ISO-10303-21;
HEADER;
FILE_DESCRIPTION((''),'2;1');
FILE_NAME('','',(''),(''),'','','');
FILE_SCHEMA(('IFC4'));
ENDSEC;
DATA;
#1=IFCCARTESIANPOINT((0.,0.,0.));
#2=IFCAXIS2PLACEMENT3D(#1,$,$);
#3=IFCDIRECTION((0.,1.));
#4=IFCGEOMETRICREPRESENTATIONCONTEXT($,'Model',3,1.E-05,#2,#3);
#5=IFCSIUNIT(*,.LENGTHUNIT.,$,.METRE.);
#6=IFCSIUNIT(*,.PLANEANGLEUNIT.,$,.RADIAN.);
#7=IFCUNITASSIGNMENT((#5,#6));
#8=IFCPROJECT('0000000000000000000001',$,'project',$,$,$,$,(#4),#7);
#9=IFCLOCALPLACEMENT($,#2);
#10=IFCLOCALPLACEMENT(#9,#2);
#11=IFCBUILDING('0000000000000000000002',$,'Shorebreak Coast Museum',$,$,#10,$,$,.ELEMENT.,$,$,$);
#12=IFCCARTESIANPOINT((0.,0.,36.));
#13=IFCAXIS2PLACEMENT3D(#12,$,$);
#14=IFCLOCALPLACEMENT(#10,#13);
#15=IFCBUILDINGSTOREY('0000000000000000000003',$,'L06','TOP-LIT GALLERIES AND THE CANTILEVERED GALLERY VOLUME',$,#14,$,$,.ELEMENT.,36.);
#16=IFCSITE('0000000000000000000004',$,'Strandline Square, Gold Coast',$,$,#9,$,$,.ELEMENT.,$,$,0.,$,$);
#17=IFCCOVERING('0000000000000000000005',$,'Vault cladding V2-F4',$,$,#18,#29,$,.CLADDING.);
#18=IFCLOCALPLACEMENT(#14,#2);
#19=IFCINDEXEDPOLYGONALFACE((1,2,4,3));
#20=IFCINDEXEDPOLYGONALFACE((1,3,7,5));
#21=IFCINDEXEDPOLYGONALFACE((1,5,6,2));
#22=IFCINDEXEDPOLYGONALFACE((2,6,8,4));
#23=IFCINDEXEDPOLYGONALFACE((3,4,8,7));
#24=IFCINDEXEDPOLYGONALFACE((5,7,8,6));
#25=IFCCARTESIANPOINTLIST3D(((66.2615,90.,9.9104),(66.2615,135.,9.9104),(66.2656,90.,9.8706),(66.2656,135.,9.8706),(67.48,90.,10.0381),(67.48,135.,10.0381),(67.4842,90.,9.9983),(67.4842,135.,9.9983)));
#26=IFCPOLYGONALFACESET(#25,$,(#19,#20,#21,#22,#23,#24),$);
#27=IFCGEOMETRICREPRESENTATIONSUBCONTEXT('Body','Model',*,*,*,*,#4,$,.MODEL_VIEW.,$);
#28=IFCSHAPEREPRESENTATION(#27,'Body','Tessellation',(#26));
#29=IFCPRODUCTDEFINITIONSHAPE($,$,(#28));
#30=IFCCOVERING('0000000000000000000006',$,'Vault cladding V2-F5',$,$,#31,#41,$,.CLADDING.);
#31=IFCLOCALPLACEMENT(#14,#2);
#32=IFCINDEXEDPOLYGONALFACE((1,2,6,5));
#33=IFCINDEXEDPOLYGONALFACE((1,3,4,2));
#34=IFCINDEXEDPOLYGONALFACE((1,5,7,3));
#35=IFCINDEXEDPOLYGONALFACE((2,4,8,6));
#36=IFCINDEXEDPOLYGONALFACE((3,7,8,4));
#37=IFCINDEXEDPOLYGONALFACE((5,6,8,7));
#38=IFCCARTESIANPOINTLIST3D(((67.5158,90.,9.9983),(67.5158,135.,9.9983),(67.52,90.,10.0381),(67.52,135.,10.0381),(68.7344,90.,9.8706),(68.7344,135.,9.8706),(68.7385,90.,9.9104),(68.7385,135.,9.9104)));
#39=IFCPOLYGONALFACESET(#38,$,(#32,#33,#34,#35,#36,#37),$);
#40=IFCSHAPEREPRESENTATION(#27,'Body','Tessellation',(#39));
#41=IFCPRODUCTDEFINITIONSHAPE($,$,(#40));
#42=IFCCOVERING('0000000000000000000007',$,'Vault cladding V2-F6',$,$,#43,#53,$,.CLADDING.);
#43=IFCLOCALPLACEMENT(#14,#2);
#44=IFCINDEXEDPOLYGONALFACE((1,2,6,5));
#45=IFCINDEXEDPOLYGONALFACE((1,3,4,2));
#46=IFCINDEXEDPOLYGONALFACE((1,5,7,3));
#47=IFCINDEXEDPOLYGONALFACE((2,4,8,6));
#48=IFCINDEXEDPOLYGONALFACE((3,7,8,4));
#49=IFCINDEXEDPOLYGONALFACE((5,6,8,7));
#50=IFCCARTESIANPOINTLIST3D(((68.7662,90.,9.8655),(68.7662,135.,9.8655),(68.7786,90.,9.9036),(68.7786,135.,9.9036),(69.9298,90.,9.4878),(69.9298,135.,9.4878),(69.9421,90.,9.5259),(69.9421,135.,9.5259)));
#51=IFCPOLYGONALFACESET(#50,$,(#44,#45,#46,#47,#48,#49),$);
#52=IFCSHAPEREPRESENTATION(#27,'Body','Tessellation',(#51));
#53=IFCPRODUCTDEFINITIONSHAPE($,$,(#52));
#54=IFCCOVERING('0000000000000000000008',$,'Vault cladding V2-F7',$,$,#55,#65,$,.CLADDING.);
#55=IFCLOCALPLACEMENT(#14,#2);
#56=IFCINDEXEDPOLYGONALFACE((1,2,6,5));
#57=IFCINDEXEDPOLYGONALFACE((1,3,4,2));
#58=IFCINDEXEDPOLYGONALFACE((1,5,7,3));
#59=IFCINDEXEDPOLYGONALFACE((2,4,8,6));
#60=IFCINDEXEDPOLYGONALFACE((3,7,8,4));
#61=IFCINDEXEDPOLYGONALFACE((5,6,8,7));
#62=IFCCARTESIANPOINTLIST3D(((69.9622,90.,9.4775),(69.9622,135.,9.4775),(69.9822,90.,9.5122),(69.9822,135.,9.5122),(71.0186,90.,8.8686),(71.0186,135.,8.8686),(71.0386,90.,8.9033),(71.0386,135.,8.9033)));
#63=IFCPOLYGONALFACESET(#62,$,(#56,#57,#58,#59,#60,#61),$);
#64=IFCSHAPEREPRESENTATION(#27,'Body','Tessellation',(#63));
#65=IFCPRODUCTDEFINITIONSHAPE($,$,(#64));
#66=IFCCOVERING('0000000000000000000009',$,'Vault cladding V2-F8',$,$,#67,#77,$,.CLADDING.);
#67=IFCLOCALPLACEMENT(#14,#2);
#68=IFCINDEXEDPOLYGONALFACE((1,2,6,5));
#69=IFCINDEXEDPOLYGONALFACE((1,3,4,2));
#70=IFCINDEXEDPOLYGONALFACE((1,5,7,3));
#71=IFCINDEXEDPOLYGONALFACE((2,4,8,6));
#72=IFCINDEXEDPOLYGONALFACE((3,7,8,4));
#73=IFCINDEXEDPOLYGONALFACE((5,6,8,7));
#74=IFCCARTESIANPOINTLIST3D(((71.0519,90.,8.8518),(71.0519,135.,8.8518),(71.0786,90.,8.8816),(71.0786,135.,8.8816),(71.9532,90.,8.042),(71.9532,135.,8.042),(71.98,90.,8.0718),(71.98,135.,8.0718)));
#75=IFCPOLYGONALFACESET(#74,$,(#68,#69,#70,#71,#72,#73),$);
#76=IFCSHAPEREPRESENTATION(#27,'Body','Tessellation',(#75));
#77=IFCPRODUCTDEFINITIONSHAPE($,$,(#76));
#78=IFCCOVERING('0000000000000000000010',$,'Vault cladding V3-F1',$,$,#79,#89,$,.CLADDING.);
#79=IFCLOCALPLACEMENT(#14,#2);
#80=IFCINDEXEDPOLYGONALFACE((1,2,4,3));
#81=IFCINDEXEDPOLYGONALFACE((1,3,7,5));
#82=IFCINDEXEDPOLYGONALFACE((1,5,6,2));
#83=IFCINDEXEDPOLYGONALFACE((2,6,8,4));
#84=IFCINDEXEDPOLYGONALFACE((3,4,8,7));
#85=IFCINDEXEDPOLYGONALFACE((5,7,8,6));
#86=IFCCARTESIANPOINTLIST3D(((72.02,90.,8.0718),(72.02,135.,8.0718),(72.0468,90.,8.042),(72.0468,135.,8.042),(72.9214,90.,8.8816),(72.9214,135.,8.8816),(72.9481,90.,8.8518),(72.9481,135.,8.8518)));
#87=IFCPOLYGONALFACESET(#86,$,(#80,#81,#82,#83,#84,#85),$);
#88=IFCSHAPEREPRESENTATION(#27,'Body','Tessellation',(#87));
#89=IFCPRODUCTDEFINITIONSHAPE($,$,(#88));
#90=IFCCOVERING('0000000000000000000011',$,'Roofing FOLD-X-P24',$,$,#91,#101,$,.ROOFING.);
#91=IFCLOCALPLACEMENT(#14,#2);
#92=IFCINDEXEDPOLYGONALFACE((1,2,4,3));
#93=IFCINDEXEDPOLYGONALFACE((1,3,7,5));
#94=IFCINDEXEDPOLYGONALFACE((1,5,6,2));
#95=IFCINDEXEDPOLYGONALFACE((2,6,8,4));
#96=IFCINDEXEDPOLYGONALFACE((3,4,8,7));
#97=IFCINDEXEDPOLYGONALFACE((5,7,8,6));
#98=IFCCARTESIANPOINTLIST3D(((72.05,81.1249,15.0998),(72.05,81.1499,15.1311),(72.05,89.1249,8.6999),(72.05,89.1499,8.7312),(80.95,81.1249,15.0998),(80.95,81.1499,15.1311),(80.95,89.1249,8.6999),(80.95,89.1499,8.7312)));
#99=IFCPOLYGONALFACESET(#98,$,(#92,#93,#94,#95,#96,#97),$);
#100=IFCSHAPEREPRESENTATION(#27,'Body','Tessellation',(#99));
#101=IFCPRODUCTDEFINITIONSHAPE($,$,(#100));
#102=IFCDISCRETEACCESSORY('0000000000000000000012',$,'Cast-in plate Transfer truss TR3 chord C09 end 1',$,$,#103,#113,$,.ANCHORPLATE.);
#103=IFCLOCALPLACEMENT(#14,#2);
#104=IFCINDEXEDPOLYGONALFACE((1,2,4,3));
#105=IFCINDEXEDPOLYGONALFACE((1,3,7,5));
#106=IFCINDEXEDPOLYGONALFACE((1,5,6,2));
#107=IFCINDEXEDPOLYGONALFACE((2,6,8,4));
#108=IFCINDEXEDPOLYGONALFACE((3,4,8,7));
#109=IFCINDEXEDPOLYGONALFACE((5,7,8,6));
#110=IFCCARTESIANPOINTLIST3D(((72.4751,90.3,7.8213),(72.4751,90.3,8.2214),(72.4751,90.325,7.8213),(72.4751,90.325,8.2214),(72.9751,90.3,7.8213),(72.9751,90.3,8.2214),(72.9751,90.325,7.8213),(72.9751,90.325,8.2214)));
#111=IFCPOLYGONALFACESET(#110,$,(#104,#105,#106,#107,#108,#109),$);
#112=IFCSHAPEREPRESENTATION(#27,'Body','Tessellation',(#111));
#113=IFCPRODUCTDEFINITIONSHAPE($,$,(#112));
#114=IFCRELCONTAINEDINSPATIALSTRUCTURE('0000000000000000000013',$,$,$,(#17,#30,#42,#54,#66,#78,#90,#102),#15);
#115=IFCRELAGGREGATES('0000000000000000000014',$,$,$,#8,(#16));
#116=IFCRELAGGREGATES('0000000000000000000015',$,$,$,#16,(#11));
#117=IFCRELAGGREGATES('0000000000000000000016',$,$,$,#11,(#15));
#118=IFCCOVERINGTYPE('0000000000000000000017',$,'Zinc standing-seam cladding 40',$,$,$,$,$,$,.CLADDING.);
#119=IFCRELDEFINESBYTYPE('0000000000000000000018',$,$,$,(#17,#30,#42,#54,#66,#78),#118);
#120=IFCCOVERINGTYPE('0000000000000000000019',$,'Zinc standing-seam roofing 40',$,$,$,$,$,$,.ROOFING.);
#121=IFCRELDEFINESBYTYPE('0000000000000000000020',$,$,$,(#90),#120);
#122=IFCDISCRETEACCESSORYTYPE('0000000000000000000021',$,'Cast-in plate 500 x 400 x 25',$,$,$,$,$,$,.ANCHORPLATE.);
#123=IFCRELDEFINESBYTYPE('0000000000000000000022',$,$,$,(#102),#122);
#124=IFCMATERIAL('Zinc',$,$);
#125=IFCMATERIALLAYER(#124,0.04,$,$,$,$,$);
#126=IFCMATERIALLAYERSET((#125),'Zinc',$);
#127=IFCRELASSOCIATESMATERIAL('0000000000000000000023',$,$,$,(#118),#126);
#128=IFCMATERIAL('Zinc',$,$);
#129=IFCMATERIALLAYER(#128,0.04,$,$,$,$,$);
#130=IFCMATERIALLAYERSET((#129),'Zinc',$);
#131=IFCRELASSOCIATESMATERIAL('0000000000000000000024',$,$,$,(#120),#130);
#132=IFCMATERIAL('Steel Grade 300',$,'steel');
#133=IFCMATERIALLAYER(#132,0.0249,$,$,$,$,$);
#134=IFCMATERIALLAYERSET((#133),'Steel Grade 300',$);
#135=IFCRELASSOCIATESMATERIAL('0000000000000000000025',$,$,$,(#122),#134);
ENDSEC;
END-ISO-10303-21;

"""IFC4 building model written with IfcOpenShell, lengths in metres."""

from ifc_helpers import new_model, si_unit, direction, frame, origin, place, context, subcontext, project, spatial, polyline, outline, extrude, material, layer, layer_set, type_object, element, save


model = new_model("IFC4")

# Units and contexts
model_context = context("Model", 3, precision=1e-05, world=origin(), true_north=direction((0.0, 1.0)))
body_context = subcontext(model_context, "Body", "Model", "MODEL_VIEW")
ifc_project = project(units=[si_unit("LENGTHUNIT", "METRE"), si_unit("PLANEANGLEUNIT", "RADIAN")], contexts=[model_context])

# Site, building, storey
site_placement = place(None, origin())
site = spatial("IfcSite", under=ifc_project, at=site_placement, Name="Strandline Square, Gold Coast", CompositionType="ELEMENT", RefElevation=0.0)
building_placement = place(site_placement, origin())
building = spatial("IfcBuilding", under=site, at=building_placement, Name="Shorebreak Coast Museum", CompositionType="ELEMENT")
storey_placement = place(building_placement, frame((0.0, 0.0, 36.0)))
storey = spatial("IfcBuildingStorey", under=building, at=storey_placement, Name="L06", Description="TOP-LIT GALLERIES AND THE CANTILEVERED GALLERY VOLUME", CompositionType="ELEMENT", Elevation=36.0)

# Coverings
ifc_material_1 = material(Name="Zinc")
ifc_layer_1 = layer(ifc_material_1, 0.04)
ifc_layer_set_1 = layer_set([ifc_layer_1], Name="Zinc")
covering_type_1 = type_object("IfcCoveringType", Name="Zinc standing-seam cladding 40", PredefinedType="CLADDING", material=ifc_layer_set_1)
for number, where, z_axis, x_axis, name in (
    (1, (66.2615, 90.0, 9.9104), (-0.104218, 0.0, 0.994554), (0.994554, 0.0, 0.104218), "Vault cladding V2-F4"),
    (2, (67.52, 90.0, 10.0381), (0.104218, 0.0, 0.994554), (0.994554, 0.0, -0.104218), "Vault cladding V2-F5"),
):
    element("IfcCovering", number, at=place(storey_placement, frame(where, z_axis=z_axis, x_axis=x_axis)), inside=storey, type_object=covering_type_1, Name=name, PredefinedType="CLADDING", context=body_context, shape_type="SweptSolid", body=[
        extrude(outline(polyline([(0.0, 0.0), (1.2252, 0.0), (1.2252, 45.0), (0.0, 45.0), (0.0, 0.0)])), origin(), (0.0, 0.0, -1.0), 0.04),
    ])
covering_1_placement = place(storey_placement, frame((68.7786, 90.0, 9.9036), z_axis=(0.308734, 0.0, 0.951148), x_axis=(0.951148, 0.0, -0.308734)))
element("IfcCovering", 3, at=covering_1_placement, inside=storey, type_object=covering_type_1, Name="Vault cladding V2-F6", PredefinedType="CLADDING", context=body_context, shape_type="SweptSolid", body=[
    extrude(outline(polyline([(0.0, 0.0), (1.2233, 0.0), (1.2233, 45.0), (0.0, 45.0), (0.0, 0.0)])), origin(), (0.0, 0.0, -1.0), 0.04),
])
covering_2_placement = place(storey_placement, frame((69.9822, 90.0, 9.5122), z_axis=(0.49937, 0.0, 0.866389), x_axis=(0.866389, 0.0, -0.49937)))
element("IfcCovering", 4, at=covering_2_placement, inside=storey, type_object=covering_type_1, Name="Vault cladding V2-F7", PredefinedType="CLADDING", context=body_context, shape_type="SweptSolid", body=[
    extrude(outline(polyline([(0.0, 0.0), (1.2193, 0.0), (1.2193, 45.0), (0.0, 45.0), (0.0, 0.0)])), origin(), (0.0, 0.0, -1.0), 0.04),
])
for number, where, z_axis, x_axis, name in (
    (5, (71.0786, 90.0, 8.8816), (0.668319, 0.0, 0.743875), (0.743875, 0.0, -0.668319), "Vault cladding V2-F8"),
    (6, (72.02, 90.0, 8.0718), (-0.668319, 0.0, 0.743875), (0.743875, 0.0, 0.668319), "Vault cladding V3-F1"),
):
    element("IfcCovering", number, at=place(storey_placement, frame(where, z_axis=z_axis, x_axis=x_axis)), inside=storey, type_object=covering_type_1, Name=name, PredefinedType="CLADDING", context=body_context, shape_type="SweptSolid", body=[
        extrude(outline(polyline([(0.0, 0.0), (1.2117, 0.0), (1.2117, 45.0), (0.0, 45.0), (0.0, 0.0)])), origin(), (0.0, 0.0, -1.0), 0.04),
    ])
ifc_material_2 = material(Name="Zinc")
ifc_layer_2 = layer(ifc_material_2, 0.04)
ifc_layer_set_2 = layer_set([ifc_layer_2], Name="Zinc")
covering_type_2 = type_object("IfcCoveringType", Name="Zinc standing-seam roofing 40", PredefinedType="ROOFING", material=ifc_layer_set_2)
covering_3_placement = place(storey_placement, frame((72.05, 81.1499, 15.1311), z_axis=(0.0, 0.624689, 0.780873), x_axis=(1.0, 0.0, 0.0)))
element("IfcCovering", 7, at=covering_3_placement, inside=storey, type_object=covering_type_2, Name="Roofing FOLD-X-P24", PredefinedType="ROOFING", context=body_context, shape_type="SweptSolid", body=[
    extrude(outline(polyline([(0.0, 0.0), (8.8999, 0.0), (8.8999, 10.2449), (0.0, 10.2449), (0.0, 0.0)])), origin(), (0.0, 0.0, -1.0), 0.04),
])

# Discrete accessory
ifc_material_3 = material(Name="Steel Grade 300", Category="steel")
ifc_layer_3 = layer(ifc_material_3, 0.0249)
ifc_layer_set_3 = layer_set([ifc_layer_3], Name="Steel Grade 300")
discrete_accessory_type = type_object("IfcDiscreteAccessoryType", Name="Cast-in plate 500 x 400 x 25", PredefinedType="ANCHORPLATE", material=ifc_layer_set_3)
discrete_accessory_placement = place(storey_placement, frame((72.4751, 90.3, 7.8213), z_axis=(0.0, -1.0, 0.0), x_axis=(1.0, 0.0, 0.0)))
element("IfcDiscreteAccessory", 8, at=discrete_accessory_placement, inside=storey, type_object=discrete_accessory_type, Name="Cast-in plate Transfer truss TR3 chord C09 end 1", PredefinedType="ANCHORPLATE", context=body_context, shape_type="SweptSolid", body=[
    extrude(outline(polyline([(0.0, 0.0), (0.5, 0.0), (0.5, 0.4001), (0.0, 0.4001), (0.0, 0.0)])), origin(), (0.0, 0.0, -1.0), 0.0249),
])

save(model, "model.ifc")
